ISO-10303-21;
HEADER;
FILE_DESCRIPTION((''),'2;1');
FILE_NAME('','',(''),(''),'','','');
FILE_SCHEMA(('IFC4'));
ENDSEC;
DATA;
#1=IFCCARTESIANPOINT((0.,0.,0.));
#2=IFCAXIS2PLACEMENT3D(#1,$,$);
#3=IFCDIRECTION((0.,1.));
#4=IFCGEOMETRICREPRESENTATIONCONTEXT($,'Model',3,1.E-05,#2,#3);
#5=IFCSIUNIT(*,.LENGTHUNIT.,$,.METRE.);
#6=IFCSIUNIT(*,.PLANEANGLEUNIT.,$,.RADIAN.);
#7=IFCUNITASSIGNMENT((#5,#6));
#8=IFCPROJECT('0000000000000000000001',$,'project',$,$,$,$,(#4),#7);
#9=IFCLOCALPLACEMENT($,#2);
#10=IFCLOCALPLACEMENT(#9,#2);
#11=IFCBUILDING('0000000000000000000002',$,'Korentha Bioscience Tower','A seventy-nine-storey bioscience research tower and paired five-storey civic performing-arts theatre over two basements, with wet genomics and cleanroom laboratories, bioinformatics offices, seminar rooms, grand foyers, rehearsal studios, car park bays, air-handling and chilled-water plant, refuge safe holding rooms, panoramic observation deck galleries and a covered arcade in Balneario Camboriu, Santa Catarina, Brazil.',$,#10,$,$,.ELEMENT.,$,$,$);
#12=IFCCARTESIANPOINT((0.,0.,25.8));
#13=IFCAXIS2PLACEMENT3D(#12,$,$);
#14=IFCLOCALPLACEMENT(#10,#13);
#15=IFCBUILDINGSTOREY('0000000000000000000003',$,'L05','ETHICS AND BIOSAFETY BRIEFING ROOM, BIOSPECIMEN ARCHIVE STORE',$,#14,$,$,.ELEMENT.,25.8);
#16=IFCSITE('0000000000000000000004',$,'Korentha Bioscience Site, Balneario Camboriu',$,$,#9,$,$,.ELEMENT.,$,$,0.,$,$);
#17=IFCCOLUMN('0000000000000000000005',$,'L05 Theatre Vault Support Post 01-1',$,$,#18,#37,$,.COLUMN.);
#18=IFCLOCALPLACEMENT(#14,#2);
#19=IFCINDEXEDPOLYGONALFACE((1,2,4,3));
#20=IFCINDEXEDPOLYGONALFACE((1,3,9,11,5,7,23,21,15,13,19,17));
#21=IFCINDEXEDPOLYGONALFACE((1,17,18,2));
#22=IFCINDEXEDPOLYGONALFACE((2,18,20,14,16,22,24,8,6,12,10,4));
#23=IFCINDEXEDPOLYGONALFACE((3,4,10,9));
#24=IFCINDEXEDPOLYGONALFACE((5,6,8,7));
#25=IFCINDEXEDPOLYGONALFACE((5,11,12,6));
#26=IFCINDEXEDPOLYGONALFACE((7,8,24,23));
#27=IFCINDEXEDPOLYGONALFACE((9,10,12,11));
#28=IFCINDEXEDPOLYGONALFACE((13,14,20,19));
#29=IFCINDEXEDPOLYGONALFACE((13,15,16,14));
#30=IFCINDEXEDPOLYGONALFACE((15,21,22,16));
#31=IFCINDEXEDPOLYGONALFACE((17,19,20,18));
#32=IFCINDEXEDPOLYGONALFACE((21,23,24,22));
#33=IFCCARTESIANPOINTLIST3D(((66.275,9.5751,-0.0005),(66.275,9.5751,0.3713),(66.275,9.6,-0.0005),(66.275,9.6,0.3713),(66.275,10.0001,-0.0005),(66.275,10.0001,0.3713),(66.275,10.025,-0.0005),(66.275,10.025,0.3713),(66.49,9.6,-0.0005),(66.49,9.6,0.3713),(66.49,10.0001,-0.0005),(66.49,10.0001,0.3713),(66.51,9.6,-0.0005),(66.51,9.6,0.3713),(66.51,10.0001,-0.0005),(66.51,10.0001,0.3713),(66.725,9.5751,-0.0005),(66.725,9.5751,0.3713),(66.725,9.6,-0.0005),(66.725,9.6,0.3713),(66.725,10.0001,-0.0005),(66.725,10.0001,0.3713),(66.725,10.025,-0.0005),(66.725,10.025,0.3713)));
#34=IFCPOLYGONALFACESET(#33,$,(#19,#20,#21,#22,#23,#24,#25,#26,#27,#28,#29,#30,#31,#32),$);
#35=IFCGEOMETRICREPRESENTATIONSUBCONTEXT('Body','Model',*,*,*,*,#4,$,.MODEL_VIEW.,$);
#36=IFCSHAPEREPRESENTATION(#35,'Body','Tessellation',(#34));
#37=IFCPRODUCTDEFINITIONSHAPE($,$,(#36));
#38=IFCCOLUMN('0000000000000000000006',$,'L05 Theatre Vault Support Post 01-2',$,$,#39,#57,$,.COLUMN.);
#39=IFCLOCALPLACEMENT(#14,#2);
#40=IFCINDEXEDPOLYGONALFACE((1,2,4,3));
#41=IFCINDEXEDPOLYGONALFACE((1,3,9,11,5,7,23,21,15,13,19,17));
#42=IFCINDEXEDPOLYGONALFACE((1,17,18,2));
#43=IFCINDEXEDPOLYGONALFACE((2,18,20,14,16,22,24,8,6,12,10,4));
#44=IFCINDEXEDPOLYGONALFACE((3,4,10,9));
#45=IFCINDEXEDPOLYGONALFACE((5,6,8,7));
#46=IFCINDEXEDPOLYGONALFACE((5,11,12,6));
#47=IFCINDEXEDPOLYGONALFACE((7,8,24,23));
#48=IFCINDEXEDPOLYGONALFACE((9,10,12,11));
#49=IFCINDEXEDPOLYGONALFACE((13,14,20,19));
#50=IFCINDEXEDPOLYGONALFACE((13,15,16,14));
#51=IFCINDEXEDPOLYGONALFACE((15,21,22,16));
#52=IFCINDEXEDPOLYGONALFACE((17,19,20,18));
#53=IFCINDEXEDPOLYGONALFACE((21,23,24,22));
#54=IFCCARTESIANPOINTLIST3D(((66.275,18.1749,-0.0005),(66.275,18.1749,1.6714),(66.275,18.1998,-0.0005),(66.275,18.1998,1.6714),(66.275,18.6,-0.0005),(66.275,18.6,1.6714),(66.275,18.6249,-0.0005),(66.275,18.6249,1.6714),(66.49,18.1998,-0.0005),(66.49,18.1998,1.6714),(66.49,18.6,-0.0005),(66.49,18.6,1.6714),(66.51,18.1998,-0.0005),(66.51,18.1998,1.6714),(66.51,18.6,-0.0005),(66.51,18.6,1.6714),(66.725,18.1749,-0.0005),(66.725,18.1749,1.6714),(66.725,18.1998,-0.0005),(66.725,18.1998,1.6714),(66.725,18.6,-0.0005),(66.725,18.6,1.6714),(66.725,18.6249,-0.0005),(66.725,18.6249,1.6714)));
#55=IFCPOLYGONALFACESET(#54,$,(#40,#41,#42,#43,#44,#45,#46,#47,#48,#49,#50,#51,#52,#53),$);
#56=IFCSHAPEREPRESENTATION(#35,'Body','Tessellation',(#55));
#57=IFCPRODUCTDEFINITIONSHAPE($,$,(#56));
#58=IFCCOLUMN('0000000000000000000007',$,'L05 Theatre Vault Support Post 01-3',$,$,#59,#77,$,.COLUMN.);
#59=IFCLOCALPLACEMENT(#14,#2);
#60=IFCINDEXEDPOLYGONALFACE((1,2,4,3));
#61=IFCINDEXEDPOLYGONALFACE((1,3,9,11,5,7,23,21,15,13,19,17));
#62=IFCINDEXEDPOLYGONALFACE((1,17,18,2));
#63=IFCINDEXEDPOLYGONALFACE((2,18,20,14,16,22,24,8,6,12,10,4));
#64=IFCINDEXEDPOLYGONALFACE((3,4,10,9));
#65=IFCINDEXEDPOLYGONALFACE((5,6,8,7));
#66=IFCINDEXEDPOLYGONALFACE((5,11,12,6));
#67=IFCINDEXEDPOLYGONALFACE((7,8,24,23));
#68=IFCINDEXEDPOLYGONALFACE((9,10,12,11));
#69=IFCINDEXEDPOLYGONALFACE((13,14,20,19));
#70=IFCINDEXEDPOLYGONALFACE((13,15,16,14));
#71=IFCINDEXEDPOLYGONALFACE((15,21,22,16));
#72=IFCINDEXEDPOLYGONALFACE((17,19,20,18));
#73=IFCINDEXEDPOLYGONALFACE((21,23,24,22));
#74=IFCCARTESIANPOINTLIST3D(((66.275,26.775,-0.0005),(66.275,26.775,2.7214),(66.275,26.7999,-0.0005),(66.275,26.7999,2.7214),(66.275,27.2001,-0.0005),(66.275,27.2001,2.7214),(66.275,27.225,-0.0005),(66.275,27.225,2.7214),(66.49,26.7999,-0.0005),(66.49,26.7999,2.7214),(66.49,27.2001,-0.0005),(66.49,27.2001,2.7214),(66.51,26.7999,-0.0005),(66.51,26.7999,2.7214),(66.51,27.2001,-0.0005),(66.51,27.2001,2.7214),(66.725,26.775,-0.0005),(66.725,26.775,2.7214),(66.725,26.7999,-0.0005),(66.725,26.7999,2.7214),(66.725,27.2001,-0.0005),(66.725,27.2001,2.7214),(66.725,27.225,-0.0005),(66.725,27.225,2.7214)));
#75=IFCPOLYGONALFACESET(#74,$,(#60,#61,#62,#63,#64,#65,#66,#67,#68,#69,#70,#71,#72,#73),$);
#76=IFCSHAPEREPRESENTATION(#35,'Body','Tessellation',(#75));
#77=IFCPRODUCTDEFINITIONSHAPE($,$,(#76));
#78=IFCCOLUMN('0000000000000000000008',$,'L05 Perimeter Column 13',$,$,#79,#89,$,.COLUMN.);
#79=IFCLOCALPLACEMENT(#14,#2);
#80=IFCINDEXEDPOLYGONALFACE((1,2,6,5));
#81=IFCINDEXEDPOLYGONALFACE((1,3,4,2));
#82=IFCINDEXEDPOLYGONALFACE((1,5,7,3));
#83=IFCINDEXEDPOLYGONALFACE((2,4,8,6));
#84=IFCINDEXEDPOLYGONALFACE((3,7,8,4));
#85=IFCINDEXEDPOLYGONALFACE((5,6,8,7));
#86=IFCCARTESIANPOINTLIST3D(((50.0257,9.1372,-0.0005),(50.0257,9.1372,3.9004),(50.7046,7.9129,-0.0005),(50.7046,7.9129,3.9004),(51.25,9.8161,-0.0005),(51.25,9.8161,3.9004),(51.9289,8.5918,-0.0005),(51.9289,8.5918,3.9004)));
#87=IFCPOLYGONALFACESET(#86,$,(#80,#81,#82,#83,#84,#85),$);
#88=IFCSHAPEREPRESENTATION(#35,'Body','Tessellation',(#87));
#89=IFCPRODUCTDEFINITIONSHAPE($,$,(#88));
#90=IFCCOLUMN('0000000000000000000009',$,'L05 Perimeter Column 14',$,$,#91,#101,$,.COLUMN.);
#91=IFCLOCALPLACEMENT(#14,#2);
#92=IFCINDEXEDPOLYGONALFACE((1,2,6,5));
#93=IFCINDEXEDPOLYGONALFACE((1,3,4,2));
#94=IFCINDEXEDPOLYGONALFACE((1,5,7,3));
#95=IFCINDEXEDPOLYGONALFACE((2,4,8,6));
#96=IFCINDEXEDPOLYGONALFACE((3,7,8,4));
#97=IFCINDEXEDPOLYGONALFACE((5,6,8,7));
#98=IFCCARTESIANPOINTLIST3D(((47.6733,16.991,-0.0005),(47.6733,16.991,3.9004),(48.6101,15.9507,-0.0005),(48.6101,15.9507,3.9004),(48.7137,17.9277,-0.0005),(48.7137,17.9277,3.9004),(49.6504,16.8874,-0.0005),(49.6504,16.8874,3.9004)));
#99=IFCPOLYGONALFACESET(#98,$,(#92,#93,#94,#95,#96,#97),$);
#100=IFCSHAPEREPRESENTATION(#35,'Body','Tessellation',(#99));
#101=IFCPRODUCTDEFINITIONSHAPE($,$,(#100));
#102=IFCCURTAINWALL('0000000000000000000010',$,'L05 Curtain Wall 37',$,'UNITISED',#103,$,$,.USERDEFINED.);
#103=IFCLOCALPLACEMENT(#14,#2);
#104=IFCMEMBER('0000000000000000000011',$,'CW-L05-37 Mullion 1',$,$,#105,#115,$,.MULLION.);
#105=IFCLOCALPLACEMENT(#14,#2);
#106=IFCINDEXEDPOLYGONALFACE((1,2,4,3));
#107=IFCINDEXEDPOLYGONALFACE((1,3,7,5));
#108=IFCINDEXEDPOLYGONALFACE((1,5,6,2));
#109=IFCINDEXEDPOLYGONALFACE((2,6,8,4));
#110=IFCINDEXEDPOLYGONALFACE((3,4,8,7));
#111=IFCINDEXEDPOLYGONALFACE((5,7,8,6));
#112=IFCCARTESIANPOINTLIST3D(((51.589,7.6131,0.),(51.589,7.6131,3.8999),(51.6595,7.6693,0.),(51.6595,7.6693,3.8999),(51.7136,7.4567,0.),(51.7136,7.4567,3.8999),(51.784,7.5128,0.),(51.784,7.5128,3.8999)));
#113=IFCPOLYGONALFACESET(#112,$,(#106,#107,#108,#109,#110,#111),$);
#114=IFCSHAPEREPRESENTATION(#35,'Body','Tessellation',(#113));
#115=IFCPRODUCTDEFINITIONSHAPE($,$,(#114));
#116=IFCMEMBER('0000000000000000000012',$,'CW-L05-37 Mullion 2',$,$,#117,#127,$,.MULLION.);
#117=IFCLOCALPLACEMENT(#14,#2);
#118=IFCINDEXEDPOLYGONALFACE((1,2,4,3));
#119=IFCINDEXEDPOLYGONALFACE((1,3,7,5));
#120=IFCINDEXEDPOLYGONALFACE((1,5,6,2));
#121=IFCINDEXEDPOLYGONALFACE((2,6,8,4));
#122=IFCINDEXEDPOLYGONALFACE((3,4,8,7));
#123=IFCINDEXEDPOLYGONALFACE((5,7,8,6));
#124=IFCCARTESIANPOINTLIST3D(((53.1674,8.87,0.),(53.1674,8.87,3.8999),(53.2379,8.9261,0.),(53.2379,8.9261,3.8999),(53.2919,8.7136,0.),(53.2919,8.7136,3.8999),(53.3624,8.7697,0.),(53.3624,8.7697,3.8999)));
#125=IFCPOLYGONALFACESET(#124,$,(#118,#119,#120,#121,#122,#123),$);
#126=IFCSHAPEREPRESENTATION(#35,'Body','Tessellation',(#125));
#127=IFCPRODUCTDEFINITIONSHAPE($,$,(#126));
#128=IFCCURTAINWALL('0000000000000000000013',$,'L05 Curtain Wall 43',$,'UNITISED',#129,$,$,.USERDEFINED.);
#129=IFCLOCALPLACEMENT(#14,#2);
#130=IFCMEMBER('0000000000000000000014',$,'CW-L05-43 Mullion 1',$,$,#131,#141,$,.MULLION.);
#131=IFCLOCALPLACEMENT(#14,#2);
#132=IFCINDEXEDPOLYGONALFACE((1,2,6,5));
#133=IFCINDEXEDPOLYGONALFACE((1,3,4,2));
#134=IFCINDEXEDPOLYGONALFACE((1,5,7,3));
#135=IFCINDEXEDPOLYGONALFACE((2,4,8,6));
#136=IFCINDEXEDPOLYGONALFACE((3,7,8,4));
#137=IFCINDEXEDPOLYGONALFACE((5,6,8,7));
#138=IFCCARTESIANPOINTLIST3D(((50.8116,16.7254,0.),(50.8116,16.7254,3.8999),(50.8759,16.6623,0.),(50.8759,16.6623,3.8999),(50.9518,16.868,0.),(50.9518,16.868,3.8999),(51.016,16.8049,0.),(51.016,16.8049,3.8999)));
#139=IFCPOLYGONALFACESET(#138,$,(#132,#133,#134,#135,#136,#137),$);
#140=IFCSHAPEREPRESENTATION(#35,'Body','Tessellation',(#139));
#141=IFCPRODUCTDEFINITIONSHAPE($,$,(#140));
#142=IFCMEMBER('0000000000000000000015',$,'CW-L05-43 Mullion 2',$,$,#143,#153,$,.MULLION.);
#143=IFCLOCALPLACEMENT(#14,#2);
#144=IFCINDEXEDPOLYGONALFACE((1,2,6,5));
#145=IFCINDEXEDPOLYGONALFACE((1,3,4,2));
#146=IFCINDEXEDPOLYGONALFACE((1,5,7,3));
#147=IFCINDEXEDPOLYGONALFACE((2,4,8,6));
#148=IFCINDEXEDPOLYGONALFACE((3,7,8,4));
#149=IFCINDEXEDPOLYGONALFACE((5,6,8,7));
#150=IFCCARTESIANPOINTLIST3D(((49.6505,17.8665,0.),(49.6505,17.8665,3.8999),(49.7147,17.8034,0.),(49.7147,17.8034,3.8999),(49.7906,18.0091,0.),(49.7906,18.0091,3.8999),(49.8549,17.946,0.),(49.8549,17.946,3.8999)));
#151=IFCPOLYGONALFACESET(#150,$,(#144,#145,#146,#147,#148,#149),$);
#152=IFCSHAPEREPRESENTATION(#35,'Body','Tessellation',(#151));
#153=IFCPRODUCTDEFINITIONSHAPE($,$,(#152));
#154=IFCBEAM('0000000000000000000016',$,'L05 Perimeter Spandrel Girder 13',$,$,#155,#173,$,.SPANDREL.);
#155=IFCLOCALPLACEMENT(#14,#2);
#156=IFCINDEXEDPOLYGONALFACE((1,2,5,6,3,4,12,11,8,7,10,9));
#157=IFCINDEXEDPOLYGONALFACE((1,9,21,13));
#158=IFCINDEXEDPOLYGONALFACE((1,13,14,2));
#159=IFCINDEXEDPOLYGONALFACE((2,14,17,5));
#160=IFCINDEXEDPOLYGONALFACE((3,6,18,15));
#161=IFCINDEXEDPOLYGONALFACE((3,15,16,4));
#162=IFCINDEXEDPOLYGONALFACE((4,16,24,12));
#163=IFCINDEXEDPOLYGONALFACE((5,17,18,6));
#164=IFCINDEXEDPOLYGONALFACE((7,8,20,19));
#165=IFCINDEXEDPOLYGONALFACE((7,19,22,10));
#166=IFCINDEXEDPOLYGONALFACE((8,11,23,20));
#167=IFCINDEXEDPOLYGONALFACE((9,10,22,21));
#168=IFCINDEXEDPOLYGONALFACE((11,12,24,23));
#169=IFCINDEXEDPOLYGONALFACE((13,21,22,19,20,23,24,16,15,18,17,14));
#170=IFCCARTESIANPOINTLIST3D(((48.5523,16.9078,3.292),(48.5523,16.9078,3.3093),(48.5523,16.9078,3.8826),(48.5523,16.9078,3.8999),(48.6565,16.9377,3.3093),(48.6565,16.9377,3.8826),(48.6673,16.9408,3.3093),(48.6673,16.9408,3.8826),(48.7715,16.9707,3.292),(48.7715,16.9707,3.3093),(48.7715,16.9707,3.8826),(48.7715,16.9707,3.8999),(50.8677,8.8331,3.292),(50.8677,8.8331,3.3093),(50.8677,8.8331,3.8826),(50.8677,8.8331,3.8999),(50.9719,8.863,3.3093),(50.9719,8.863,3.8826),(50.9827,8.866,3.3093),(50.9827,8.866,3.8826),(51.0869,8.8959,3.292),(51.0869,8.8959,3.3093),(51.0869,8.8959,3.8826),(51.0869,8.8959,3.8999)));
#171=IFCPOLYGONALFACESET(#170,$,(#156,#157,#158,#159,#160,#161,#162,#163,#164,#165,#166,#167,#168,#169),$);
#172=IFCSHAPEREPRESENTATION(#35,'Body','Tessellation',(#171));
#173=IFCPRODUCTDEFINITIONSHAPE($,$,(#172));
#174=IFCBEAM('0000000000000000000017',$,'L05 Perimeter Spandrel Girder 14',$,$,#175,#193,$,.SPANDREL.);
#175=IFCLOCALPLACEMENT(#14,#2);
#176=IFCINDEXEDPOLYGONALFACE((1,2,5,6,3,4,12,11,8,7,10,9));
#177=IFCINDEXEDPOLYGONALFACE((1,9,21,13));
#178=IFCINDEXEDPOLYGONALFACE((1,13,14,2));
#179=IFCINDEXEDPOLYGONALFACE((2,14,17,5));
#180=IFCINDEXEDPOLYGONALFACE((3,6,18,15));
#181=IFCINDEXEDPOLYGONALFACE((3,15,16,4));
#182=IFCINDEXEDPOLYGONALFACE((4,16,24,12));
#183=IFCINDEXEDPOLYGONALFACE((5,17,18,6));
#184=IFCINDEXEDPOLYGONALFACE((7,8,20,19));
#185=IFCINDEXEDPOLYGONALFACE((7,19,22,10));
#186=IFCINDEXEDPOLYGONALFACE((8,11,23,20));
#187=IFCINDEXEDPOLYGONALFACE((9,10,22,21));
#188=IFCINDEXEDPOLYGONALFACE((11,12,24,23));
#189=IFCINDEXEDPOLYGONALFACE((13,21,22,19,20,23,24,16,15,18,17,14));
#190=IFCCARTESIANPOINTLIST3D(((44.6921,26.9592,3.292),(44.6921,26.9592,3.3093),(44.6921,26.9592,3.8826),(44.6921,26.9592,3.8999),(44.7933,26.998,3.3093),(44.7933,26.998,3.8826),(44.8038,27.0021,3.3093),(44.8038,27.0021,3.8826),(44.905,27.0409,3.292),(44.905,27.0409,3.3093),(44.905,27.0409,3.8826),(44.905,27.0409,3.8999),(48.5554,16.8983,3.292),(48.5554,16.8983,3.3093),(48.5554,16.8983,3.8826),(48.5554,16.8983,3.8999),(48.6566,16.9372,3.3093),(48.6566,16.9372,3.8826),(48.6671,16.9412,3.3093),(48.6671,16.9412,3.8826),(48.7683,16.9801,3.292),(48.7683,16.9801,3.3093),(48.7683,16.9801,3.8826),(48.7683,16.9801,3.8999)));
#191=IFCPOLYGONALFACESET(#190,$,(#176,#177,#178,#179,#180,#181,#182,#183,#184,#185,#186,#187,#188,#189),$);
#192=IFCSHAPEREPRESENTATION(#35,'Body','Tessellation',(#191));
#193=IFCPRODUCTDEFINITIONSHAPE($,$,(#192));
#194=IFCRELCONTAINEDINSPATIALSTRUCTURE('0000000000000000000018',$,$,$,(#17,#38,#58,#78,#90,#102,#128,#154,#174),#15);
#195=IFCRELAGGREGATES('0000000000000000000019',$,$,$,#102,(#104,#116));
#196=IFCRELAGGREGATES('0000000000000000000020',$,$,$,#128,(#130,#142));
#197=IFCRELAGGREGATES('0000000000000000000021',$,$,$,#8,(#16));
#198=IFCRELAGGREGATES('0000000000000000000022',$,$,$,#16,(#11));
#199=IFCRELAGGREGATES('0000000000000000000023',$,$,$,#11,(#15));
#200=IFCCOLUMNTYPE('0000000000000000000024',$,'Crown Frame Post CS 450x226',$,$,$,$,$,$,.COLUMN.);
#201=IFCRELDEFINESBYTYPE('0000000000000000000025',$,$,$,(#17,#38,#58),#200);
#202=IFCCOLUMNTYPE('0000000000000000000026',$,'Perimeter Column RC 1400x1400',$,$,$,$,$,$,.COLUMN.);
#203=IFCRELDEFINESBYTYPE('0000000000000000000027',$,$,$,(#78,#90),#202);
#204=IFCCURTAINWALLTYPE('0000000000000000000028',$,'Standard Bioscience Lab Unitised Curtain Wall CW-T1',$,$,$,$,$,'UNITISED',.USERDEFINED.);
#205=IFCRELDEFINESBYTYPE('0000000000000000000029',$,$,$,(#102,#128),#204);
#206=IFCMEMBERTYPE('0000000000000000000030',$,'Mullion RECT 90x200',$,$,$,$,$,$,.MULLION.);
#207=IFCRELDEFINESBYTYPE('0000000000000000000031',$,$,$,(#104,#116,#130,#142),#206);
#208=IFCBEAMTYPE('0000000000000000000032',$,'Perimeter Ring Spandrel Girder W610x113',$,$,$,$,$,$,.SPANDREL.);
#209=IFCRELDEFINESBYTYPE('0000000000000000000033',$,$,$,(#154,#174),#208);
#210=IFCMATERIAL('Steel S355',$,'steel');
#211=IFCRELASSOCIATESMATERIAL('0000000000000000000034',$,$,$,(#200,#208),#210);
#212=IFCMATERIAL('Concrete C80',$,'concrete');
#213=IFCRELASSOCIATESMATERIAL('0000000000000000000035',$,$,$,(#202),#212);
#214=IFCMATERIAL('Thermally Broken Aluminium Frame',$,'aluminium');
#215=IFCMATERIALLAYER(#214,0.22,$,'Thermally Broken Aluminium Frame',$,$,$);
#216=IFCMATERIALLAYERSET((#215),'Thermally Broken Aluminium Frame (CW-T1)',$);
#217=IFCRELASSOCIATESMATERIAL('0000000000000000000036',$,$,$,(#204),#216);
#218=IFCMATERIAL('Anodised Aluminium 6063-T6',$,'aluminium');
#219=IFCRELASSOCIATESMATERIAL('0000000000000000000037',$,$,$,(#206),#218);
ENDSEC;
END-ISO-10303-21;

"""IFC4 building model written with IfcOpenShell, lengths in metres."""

from ifc_helpers import new_model, si_unit, direction, frame, origin, origin_2d, place, context, subcontext, project, spatial, rectangle, i_section, extrude, material, layer, layer_set, material_profile, profile_set, type_object, element, aggregate, save


model = new_model("IFC4")

# Units and contexts
model_context = context("Model", 3, precision=1e-05, world=origin(), true_north=direction((0.0, 1.0)))
body_context = subcontext(model_context, "Body", "Model", "MODEL_VIEW")
ifc_project = project(units=[si_unit("LENGTHUNIT", "METRE"), si_unit("PLANEANGLEUNIT", "RADIAN")], contexts=[model_context])

# Site, building, storey
site_placement = place(None, origin())
site = spatial("IfcSite", under=ifc_project, at=site_placement, Name="Korentha Bioscience Site, Balneario Camboriu", CompositionType="ELEMENT", RefElevation=0.0)
building_placement = place(site_placement, origin())
building = spatial("IfcBuilding", under=site, at=building_placement, Name="Korentha Bioscience Tower", Description="A seventy-nine-storey bioscience research tower and paired five-storey civic performing-arts theatre over two basements, with wet genomics and cleanroom laboratories, bioinformatics offices, seminar rooms, grand foyers, rehearsal studios, car park bays, air-handling and chilled-water plant, refuge safe holding rooms, panoramic observation deck galleries and a covered arcade in Balneario Camboriu, Santa Catarina, Brazil.", CompositionType="ELEMENT")
storey_placement = place(building_placement, frame((0.0, 0.0, 25.8)))
storey = spatial("IfcBuildingStorey", under=building, at=storey_placement, Name="L05", Description="ETHICS AND BIOSAFETY BRIEFING ROOM, BIOSPECIMEN ARCHIVE STORE", CompositionType="ELEMENT", Elevation=25.8)

# Columns
ifc_material_1 = material(Name="Steel S355", Category="steel")
ifc_material_profile_1 = material_profile(ifc_material_1, i_section(OverallWidth=0.45, OverallDepth=0.45, WebThickness=0.02, FlangeThickness=0.0249, at=origin_2d()), Name="Steel S355")
ifc_profile_set_1 = profile_set([ifc_material_profile_1], Name="Steel S355 (CF-C1)")
column_type_1 = type_object("IfcColumnType", Name="Crown Frame Post CS 450x226", PredefinedType="COLUMN", material=ifc_profile_set_1)
column_1_placement = place(storey_placement, frame((66.5, 9.8, -0.0005), z_axis=(0.0, 0.0, 1.0), x_axis=(1.0, 0.0, 0.0)))
element("IfcColumn", 1, at=column_1_placement, inside=storey, type_object=column_type_1, Name="L05 Theatre Vault Support Post 01-1", PredefinedType="COLUMN", context=body_context, shape_type="SweptSolid", body=[
    extrude(i_section(OverallWidth=0.45, OverallDepth=0.45, WebThickness=0.02, FlangeThickness=0.0249, at=origin_2d()), origin(), (0.0, 0.0, 1.0), 0.3718),
])
column_2_placement = place(storey_placement, frame((66.5, 18.3999, -0.0005), z_axis=(0.0, 0.0, 1.0), x_axis=(1.0, 0.0, 0.0)))
element("IfcColumn", 2, at=column_2_placement, inside=storey, type_object=column_type_1, Name="L05 Theatre Vault Support Post 01-2", PredefinedType="COLUMN", context=body_context, shape_type="SweptSolid", body=[
    extrude(i_section(OverallWidth=0.45, OverallDepth=0.45, WebThickness=0.02, FlangeThickness=0.0249, at=origin_2d()), origin(), (0.0, 0.0, 1.0), 1.6719),
])
column_3_placement = place(storey_placement, frame((66.5, 27.0, -0.0005), z_axis=(0.0, 0.0, 1.0), x_axis=(1.0, 0.0, 0.0)))
element("IfcColumn", 3, at=column_3_placement, inside=storey, type_object=column_type_1, Name="L05 Theatre Vault Support Post 01-3", PredefinedType="COLUMN", context=body_context, shape_type="SweptSolid", body=[
    extrude(i_section(OverallWidth=0.45, OverallDepth=0.45, WebThickness=0.02, FlangeThickness=0.0249, at=origin_2d()), origin(), (0.0, 0.0, 1.0), 2.7219),
])
ifc_material_2 = material(Name="Concrete C80", Category="concrete")
ifc_material_profile_2 = material_profile(ifc_material_2, rectangle(XDim=1.3999, YDim=1.3999, at=origin_2d()), Name="Concrete C80")
ifc_profile_set_2 = profile_set([ifc_material_profile_2], Name="Concrete C80 (COL-P14)")
column_type_2 = type_object("IfcColumnType", Name="Perimeter Column RC 1400x1400", PredefinedType="COLUMN", material=ifc_profile_set_2)
for number, where, z_axis, x_axis, name in (
    (4, (50.9773, 8.8645, -0.0005), (0.0, 0.0, 1.0), (0.874535, 0.484962, 0.0), "L05 Perimeter Column 13"),
    (5, (48.6619, 16.9392, -0.0005), (0.0, 0.0, 1.0), (-0.669131, 0.743145, 0.0), "L05 Perimeter Column 14"),
):
    element("IfcColumn", number, at=place(storey_placement, frame(where, z_axis=z_axis, x_axis=x_axis)), inside=storey, type_object=column_type_2, Name=name, PredefinedType="COLUMN", context=body_context, shape_type="SweptSolid", body=[
        extrude(rectangle(XDim=1.3999, YDim=1.3999, at=origin_2d()), origin(), (0.0, 0.0, 1.0), 3.9009),
    ])

# Curtain walls, members
ifc_material_3 = material(Name="Thermally Broken Aluminium Frame", Category="aluminium")
ifc_layer_1 = layer(ifc_material_3, 0.22, Name="Thermally Broken Aluminium Frame")
ifc_layer_set_1 = layer_set([ifc_layer_1], Name="Thermally Broken Aluminium Frame (CW-T1)")
curtain_wall_type = type_object("IfcCurtainWallType", Name="Standard Bioscience Lab Unitised Curtain Wall CW-T1", ElementType="UNITISED", PredefinedType="USERDEFINED", material=ifc_layer_set_1)
curtain_wall_1_placement = place(storey_placement, origin())
curtain_wall_1 = element("IfcCurtainWall", 6, at=curtain_wall_1_placement, inside=storey, type_object=curtain_wall_type, Name="L05 Curtain Wall 37", ObjectType="UNITISED", PredefinedType="USERDEFINED")
ifc_material_4 = material(Name="Anodised Aluminium 6063-T6", Category="aluminium")
ifc_material_profile_3 = material_profile(ifc_material_4, rectangle(XDim=0.0901, YDim=0.2, at=origin_2d()), Name="Anodised Aluminium 6063-T6")
ifc_profile_set_3 = profile_set([ifc_material_profile_3], Name="Anodised Aluminium 6063-T6 (CW-MUL)")
member_type_1 = type_object("IfcMemberType", Name="Mullion RECT 90x200", PredefinedType="MULLION", material=ifc_profile_set_3)
member_1_placement = place(storey_placement, frame((51.6865, 7.563, 0.0), z_axis=(0.0, 0.0, 1.0), x_axis=(0.782288, 0.622917, 0.0)))
member_1 = element("IfcMember", 7, at=member_1_placement, type_object=member_type_1, Name="CW-L05-37 Mullion 1", PredefinedType="MULLION", context=body_context, shape_type="SweptSolid", body=[
    extrude(rectangle(XDim=0.0901, YDim=0.2, at=origin_2d()), origin(), (0.0, 0.0, 1.0), 3.8999),
])
member_2_placement = place(storey_placement, frame((53.2649, 8.8198, 0.0), z_axis=(0.0, 0.0, 1.0), x_axis=(0.782288, 0.622917, 0.0)))
member_2 = element("IfcMember", 8, at=member_2_placement, type_object=member_type_1, Name="CW-L05-37 Mullion 2", PredefinedType="MULLION", context=body_context, shape_type="SweptSolid", body=[
    extrude(rectangle(XDim=0.0901, YDim=0.2, at=origin_2d()), origin(), (0.0, 0.0, 1.0), 3.8999),
])
curtain_wall_2_placement = place(storey_placement, origin())
curtain_wall_2 = element("IfcCurtainWall", 9, at=curtain_wall_2_placement, inside=storey, type_object=curtain_wall_type, Name="L05 Curtain Wall 43", ObjectType="UNITISED", PredefinedType="USERDEFINED")
member_3_placement = place(storey_placement, frame((50.9138, 16.7651, 0.0), z_axis=(0.0, 0.0, 1.0), x_axis=(-0.713279, 0.70088, 0.0)))
member_3 = element("IfcMember", 10, at=member_3_placement, type_object=member_type_1, Name="CW-L05-43 Mullion 1", PredefinedType="MULLION", context=body_context, shape_type="SweptSolid", body=[
    extrude(rectangle(XDim=0.0901, YDim=0.2, at=origin_2d()), origin(), (0.0, 0.0, 1.0), 3.8999),
])
member_4_placement = place(storey_placement, frame((49.7527, 17.9062, 0.0), z_axis=(0.0, 0.0, 1.0), x_axis=(-0.713279, 0.70088, 0.0)))
member_4 = element("IfcMember", 11, at=member_4_placement, type_object=member_type_1, Name="CW-L05-43 Mullion 2", PredefinedType="MULLION", context=body_context, shape_type="SweptSolid", body=[
    extrude(rectangle(XDim=0.0901, YDim=0.2, at=origin_2d()), origin(), (0.0, 0.0, 1.0), 3.8999),
])

# Beams
ifc_material_profile_4 = material_profile(ifc_material_1, i_section(OverallWidth=0.228, OverallDepth=0.6079, WebThickness=0.0112, FlangeThickness=0.0173, at=origin_2d()), Name="Steel S355")
ifc_profile_set_4 = profile_set([ifc_material_profile_4], Name="Steel S355 (SB-610)")
beam_type_1 = type_object("IfcBeamType", Name="Perimeter Ring Spandrel Girder W610x113", PredefinedType="SPANDREL", material=ifc_profile_set_4)
beam_1_placement = place(storey_placement, frame((50.9773, 8.8645, 3.5959), z_axis=(-0.275642, 0.96126, 0.0), x_axis=(-0.96126, -0.275642, 0.0)))
element("IfcBeam", 12, at=beam_1_placement, inside=storey, type_object=beam_type_1, Name="L05 Perimeter Spandrel Girder 13", PredefinedType="SPANDREL", context=body_context, shape_type="SweptSolid", body=[
    extrude(i_section(OverallWidth=0.228, OverallDepth=0.6079, WebThickness=0.0112, FlangeThickness=0.0173, at=origin_2d()), origin(), (0.0, 0.0, 1.0), 8.4001),
])
beam_2_placement = place(storey_placement, frame((48.6619, 16.9392, 3.5959), z_axis=(-0.358474, 0.93354, 0.0), x_axis=(-0.93354, -0.358474, 0.0)))
element("IfcBeam", 13, at=beam_2_placement, inside=storey, type_object=beam_type_1, Name="L05 Perimeter Spandrel Girder 14", PredefinedType="SPANDREL", context=body_context, shape_type="SweptSolid", body=[
    extrude(i_section(OverallWidth=0.228, OverallDepth=0.6079, WebThickness=0.0112, FlangeThickness=0.0173, at=origin_2d()), origin(), (0.0, 0.0, 1.0), 10.7771),
])

aggregate(curtain_wall_1, [member_1, member_2])
aggregate(curtain_wall_2, [member_3, member_4])

save(model, "model.ifc")
